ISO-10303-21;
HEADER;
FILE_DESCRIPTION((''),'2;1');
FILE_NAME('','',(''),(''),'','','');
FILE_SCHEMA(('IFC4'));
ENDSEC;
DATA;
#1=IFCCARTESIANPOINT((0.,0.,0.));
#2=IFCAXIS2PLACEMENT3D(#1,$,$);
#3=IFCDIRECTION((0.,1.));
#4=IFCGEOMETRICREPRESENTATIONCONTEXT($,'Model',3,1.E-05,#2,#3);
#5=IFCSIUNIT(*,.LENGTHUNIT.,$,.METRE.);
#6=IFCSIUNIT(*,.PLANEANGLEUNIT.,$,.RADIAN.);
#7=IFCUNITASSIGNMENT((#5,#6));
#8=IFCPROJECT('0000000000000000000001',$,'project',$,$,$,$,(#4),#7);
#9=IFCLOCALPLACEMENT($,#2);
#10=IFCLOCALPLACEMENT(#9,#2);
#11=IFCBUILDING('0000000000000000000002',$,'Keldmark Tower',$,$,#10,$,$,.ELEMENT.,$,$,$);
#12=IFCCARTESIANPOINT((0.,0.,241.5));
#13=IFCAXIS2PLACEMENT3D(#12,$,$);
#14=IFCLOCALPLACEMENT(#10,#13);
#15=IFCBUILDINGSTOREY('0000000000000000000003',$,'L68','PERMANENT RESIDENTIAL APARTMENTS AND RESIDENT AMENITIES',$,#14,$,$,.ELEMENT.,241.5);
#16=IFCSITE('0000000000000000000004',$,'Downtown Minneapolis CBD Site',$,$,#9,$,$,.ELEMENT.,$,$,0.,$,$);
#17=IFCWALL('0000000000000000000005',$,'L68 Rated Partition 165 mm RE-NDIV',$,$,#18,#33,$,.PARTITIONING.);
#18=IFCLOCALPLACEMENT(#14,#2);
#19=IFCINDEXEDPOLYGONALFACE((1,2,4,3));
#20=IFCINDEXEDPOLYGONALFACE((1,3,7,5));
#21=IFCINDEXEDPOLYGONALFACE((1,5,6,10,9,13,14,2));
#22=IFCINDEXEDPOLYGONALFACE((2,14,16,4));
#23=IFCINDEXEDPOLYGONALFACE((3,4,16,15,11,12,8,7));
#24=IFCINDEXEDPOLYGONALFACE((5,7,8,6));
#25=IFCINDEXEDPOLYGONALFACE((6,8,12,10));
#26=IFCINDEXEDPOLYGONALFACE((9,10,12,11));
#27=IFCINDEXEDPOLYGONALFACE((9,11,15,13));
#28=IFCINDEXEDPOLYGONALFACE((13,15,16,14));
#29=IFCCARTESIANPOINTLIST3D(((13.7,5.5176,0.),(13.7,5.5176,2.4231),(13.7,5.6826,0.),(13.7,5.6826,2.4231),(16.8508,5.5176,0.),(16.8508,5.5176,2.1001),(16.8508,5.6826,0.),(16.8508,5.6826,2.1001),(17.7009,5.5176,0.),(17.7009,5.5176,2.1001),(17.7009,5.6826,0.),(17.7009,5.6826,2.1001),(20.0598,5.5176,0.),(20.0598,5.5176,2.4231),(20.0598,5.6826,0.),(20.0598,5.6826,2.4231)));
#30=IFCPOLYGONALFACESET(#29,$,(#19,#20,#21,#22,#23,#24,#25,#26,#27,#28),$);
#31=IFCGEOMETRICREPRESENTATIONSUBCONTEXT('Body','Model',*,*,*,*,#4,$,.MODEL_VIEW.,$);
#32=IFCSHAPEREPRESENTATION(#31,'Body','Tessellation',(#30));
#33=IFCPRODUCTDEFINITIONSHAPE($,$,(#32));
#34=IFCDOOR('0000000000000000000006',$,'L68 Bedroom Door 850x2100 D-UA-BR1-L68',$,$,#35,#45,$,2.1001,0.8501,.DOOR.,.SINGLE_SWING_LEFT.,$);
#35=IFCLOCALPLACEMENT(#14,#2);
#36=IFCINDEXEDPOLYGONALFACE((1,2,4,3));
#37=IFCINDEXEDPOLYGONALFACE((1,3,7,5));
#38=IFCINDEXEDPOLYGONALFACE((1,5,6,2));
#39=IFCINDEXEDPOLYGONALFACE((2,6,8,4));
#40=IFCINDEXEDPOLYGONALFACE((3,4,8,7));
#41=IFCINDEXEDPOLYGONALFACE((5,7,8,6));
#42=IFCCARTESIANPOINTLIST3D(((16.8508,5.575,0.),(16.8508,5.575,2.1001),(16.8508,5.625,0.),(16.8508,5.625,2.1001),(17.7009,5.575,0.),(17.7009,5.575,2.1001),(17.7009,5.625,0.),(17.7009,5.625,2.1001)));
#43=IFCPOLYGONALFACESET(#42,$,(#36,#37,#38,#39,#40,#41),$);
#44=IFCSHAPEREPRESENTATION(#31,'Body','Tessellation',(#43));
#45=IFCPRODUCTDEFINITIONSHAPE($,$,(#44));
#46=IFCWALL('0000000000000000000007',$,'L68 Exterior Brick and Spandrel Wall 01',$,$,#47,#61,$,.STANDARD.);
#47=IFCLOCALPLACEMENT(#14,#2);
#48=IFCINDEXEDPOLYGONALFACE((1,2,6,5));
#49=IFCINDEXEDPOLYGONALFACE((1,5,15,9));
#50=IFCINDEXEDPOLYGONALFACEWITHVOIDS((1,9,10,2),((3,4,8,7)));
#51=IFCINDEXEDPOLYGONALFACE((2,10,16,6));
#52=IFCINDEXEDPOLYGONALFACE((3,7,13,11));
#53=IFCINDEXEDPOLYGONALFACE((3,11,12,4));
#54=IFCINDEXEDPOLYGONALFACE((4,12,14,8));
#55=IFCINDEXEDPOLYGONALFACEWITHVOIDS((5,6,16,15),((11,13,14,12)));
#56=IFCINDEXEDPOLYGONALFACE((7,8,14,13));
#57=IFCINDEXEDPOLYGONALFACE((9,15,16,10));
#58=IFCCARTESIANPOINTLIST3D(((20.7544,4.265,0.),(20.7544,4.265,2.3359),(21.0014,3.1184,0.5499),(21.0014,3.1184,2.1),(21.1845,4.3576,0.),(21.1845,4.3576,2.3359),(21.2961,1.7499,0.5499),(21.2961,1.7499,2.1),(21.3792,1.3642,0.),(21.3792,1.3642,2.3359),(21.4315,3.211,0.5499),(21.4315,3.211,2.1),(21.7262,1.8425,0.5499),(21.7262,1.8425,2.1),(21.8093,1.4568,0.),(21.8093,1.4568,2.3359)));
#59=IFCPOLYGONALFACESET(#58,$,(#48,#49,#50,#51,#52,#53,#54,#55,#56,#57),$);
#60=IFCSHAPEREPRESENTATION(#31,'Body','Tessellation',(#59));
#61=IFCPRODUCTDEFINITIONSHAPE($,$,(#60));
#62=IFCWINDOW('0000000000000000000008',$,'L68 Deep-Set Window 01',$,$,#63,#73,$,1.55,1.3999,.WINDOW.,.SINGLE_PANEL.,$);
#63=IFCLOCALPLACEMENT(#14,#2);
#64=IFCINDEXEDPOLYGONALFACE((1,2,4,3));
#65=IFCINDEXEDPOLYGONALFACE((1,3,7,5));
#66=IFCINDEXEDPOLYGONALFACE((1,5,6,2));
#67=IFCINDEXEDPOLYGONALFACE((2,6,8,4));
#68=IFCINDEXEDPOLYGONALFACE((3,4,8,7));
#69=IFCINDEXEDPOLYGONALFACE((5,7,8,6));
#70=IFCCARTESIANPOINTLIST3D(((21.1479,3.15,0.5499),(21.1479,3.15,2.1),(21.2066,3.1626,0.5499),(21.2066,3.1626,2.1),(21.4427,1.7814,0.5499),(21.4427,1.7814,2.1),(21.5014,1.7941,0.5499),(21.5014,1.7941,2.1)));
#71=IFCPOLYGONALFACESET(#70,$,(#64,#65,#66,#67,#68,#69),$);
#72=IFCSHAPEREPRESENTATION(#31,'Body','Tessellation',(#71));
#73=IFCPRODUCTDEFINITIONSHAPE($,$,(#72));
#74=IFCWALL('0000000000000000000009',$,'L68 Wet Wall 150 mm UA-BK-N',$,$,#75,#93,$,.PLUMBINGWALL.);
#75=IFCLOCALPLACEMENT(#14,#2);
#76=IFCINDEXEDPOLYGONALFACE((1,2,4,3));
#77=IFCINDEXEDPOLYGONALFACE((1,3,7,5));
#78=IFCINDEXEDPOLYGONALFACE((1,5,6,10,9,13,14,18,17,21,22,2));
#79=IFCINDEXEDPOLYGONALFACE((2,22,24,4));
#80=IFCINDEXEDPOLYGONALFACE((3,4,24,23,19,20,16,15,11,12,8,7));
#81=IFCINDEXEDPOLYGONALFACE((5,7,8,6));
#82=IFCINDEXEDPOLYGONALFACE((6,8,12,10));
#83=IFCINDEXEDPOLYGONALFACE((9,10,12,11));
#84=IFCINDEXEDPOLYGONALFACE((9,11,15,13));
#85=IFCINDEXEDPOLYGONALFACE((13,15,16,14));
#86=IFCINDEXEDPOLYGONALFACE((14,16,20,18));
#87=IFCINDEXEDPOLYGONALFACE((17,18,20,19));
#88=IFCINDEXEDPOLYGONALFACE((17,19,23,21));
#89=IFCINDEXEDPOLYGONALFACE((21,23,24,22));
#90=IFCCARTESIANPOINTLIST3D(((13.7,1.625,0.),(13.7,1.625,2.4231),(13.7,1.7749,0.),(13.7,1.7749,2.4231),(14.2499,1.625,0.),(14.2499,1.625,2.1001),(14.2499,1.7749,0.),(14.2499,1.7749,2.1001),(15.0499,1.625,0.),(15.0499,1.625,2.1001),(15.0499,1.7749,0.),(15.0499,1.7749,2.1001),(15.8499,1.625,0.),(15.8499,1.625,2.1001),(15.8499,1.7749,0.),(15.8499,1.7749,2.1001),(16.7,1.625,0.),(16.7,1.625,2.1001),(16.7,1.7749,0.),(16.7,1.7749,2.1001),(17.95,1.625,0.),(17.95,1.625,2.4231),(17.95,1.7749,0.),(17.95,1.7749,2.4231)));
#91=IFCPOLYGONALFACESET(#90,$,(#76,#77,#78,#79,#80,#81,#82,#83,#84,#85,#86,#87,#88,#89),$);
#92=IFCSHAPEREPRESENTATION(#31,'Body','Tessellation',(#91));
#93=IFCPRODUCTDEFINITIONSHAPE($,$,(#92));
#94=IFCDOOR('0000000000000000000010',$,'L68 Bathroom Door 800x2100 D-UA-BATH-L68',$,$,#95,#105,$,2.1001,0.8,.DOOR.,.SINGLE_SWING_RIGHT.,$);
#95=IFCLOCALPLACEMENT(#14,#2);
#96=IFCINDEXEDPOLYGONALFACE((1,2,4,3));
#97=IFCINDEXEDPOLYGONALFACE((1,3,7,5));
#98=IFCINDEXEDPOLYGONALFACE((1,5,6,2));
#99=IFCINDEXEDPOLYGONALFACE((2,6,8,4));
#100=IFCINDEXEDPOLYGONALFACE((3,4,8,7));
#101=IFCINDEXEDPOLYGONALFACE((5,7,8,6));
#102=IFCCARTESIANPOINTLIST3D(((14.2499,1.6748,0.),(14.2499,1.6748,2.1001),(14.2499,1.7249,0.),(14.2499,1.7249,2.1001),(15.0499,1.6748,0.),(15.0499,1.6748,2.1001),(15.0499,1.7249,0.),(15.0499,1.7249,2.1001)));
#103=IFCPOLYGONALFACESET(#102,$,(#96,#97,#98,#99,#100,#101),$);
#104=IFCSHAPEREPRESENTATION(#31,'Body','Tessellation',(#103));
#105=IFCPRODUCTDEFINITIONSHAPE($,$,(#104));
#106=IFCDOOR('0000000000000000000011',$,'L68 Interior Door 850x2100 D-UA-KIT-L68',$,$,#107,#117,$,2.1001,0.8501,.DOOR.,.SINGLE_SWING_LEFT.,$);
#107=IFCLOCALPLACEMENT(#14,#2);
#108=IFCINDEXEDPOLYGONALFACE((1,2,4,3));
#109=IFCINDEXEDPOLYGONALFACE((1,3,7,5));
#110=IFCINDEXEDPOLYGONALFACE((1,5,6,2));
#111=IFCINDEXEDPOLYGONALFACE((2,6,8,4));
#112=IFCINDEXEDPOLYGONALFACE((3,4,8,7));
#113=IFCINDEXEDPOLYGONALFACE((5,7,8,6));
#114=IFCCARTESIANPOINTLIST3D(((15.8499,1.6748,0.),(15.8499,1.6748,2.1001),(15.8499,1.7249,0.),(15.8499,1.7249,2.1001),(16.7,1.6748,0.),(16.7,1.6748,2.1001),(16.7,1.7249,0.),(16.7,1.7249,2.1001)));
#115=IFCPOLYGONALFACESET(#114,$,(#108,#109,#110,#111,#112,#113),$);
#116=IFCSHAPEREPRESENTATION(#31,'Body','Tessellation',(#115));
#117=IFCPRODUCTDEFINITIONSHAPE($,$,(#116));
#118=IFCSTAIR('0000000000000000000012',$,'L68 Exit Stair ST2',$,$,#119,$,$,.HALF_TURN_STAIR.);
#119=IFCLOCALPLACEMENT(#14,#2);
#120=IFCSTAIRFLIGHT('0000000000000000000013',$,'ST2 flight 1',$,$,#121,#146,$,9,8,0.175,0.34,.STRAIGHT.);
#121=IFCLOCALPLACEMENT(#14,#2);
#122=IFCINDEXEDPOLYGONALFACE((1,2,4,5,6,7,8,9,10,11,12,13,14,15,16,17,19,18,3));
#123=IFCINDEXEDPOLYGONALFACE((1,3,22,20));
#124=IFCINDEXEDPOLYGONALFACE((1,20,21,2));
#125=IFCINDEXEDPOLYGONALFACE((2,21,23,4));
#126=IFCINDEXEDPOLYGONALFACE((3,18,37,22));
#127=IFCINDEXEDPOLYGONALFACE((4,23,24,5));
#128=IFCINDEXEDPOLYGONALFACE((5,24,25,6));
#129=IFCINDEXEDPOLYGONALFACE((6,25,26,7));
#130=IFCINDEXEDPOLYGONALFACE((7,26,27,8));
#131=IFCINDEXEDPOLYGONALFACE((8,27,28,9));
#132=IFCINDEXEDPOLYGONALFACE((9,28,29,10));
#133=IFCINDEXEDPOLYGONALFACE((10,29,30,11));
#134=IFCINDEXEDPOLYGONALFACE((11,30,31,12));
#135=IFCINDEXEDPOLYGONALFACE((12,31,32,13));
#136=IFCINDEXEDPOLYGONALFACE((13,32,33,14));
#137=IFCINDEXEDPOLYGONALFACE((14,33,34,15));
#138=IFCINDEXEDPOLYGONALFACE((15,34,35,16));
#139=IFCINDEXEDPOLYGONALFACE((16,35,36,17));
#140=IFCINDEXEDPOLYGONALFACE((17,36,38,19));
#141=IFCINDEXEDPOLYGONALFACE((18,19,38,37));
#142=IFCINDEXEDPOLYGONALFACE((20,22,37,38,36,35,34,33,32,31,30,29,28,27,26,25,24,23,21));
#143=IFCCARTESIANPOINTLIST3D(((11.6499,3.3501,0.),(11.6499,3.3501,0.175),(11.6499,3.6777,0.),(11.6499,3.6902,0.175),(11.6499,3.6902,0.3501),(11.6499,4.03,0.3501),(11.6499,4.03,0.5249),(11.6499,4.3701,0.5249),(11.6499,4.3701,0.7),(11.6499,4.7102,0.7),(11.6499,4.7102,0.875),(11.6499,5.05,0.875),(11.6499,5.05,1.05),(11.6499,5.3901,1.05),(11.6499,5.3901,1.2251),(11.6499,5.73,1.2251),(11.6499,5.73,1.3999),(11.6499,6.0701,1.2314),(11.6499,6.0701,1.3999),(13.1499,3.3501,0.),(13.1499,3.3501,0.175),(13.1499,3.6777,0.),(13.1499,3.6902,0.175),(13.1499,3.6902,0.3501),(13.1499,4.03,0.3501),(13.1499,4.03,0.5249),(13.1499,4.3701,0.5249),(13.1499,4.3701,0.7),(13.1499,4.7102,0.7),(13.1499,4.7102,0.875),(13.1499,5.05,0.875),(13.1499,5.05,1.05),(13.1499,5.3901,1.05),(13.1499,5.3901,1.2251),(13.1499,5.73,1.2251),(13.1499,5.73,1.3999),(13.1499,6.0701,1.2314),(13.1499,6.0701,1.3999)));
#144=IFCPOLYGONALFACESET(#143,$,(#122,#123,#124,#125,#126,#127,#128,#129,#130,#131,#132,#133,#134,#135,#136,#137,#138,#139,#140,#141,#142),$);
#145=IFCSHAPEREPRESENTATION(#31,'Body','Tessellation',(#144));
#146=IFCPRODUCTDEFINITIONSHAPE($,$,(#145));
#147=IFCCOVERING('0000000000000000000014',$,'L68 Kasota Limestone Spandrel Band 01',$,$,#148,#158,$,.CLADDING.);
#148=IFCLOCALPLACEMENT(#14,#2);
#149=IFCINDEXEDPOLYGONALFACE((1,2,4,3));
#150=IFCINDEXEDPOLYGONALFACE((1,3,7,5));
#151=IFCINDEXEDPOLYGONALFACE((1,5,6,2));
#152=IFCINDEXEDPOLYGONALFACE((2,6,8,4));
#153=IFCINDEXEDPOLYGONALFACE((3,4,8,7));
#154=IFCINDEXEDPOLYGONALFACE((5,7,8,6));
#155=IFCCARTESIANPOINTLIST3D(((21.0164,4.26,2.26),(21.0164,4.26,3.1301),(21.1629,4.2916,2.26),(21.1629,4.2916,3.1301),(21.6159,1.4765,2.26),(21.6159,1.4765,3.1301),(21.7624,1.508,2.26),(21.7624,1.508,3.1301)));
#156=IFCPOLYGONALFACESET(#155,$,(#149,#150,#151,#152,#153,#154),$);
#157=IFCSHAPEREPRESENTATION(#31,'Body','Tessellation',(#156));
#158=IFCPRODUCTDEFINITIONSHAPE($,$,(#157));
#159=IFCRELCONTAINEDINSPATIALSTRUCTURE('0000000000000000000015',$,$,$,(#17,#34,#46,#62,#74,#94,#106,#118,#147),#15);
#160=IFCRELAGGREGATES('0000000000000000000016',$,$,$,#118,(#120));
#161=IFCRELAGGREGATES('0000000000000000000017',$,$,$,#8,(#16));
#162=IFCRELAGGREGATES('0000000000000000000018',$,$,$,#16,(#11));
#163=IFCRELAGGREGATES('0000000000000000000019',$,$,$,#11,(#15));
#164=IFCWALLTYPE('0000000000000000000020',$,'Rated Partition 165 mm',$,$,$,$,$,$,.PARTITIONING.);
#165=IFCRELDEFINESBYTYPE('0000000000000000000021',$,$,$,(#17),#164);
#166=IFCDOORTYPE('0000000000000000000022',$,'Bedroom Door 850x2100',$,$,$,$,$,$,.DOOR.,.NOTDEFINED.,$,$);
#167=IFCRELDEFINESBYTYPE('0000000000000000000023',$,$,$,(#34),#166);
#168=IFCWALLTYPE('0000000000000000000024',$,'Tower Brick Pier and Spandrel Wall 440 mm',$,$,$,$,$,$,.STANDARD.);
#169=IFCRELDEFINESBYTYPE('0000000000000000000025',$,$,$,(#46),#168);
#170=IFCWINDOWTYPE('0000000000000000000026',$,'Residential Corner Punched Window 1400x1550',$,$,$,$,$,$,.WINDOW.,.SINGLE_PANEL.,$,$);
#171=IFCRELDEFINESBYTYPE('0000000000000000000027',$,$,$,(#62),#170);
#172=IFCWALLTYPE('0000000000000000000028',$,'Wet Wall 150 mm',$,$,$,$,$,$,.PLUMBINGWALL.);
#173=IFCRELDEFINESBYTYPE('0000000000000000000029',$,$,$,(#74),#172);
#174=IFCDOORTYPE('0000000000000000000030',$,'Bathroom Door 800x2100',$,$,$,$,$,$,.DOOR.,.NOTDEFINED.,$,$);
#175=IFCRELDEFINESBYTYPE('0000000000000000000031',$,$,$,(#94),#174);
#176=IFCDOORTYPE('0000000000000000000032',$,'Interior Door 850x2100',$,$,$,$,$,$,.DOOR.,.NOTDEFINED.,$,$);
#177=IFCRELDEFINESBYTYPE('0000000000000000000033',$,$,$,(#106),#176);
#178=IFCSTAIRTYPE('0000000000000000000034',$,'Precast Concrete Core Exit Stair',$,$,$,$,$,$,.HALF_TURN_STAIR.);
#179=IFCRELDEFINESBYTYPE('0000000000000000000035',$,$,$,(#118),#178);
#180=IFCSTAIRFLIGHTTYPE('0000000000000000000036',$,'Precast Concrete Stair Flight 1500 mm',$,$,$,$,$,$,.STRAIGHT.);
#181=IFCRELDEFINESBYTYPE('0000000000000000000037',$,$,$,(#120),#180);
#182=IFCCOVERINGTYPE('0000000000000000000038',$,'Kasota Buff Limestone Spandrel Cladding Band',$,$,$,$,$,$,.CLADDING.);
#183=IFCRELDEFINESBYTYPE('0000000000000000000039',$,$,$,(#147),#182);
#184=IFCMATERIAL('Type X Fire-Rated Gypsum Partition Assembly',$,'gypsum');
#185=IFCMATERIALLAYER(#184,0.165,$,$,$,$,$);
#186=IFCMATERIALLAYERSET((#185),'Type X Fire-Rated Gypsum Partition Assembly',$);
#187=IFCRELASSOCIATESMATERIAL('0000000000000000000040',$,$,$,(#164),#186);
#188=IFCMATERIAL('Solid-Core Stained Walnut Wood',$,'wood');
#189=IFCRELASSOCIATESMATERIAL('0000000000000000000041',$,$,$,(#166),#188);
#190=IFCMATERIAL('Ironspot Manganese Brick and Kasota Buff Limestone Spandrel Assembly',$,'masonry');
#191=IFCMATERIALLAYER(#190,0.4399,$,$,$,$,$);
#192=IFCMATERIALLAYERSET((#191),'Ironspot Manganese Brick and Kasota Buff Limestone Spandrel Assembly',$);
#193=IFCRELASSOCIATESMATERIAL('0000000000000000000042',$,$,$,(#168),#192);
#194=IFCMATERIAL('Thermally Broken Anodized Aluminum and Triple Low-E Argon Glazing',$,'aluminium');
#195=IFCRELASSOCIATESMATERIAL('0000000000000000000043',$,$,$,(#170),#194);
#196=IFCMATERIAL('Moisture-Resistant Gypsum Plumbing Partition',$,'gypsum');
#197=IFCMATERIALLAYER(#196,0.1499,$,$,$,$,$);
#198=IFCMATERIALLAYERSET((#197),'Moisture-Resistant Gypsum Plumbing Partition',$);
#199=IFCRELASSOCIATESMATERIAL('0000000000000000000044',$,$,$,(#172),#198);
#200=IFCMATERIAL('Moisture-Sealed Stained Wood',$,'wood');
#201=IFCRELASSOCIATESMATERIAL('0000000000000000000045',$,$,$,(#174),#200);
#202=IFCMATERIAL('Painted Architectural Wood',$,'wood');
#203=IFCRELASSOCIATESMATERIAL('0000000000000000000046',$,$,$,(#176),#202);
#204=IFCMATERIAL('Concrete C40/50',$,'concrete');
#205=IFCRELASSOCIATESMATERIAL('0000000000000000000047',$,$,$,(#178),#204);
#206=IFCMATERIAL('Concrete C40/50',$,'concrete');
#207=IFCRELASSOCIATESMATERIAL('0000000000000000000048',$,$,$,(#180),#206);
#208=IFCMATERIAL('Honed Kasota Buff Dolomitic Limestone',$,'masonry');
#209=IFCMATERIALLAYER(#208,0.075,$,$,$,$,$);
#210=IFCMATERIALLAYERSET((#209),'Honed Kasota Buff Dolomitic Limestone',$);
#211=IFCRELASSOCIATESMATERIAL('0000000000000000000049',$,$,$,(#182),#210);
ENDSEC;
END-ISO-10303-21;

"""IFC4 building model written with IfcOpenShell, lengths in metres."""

from ifc_helpers import new_model, si_unit, direction, frame, frame_2d, origin, origin_2d, place, context, subcontext, project, spatial, polyline, rectangle, outline, extrude, material, layer, layer_set, type_object, element, fill, aggregate, save


model = new_model("IFC4")

# Units and contexts
model_context = context("Model", 3, precision=1e-05, world=origin(), true_north=direction((0.0, 1.0)))
body_context = subcontext(model_context, "Body", "Model", "MODEL_VIEW")
ifc_project = project(units=[si_unit("LENGTHUNIT", "METRE"), si_unit("PLANEANGLEUNIT", "RADIAN")], contexts=[model_context])

# Site, building, storey
site_placement = place(None, origin())
site = spatial("IfcSite", under=ifc_project, at=site_placement, Name="Downtown Minneapolis CBD Site", CompositionType="ELEMENT", RefElevation=0.0)
building_placement = place(site_placement, origin())
building = spatial("IfcBuilding", under=site, at=building_placement, Name="Keldmark Tower", CompositionType="ELEMENT")
storey_placement = place(building_placement, frame((0.0, 0.0, 241.5)))
storey = spatial("IfcBuildingStorey", under=building, at=storey_placement, Name="L68", Description="PERMANENT RESIDENTIAL APARTMENTS AND RESIDENT AMENITIES", CompositionType="ELEMENT", Elevation=241.5)

# Wall, opening, door
ifc_material_1 = material(Name="Type X Fire-Rated Gypsum Partition Assembly", Category="gypsum")
ifc_layer_1 = layer(ifc_material_1, 0.165)
ifc_layer_set_1 = layer_set([ifc_layer_1], Name="Type X Fire-Rated Gypsum Partition Assembly")
wall_type_1 = type_object("IfcWallType", Name="Rated Partition 165 mm", PredefinedType="PARTITIONING", material=ifc_layer_set_1)
wall_1_placement = place(storey_placement, frame((13.7, 5.6001, 0.0), z_axis=(0.0, 0.0, 1.0), x_axis=(1.0, 0.0, 0.0)))
wall_1 = element("IfcWall", 1, at=wall_1_placement, inside=storey, type_object=wall_type_1, Name="L68 Rated Partition 165 mm RE-NDIV", PredefinedType="PARTITIONING", context=body_context, shape_type="SweptSolid", body=[
    extrude(rectangle(XDim=6.3599, YDim=0.165, at=frame_2d((3.1799, 0.0))), origin(), (0.0, 0.0, 1.0), 2.4231),
])
opening_1_placement = place(wall_1_placement, frame((3.1509, 0.0, 0.0)))
opening_1 = element("IfcOpeningElement", 2, at=opening_1_placement, cuts=wall_1, PredefinedType="OPENING", context=body_context, shape_type="SweptSolid", body=[
    extrude(rectangle(XDim=0.8501, YDim=2.1001, at=frame_2d((0.425, 1.05))), frame((0.0, 0.0925, 0.0), z_axis=(0.0, -1.0, 0.0), x_axis=(1.0, 0.0, 0.0)), (0.0, 0.0, 1.0), 0.1851),
])
ifc_material_2 = material(Name="Solid-Core Stained Walnut Wood", Category="wood")
door_type_1 = type_object("IfcDoorType", Name="Bedroom Door 850x2100", OperationType="NOTDEFINED", PredefinedType="DOOR", material=ifc_material_2)
door_1_placement = place(opening_1_placement, origin())
door_1 = element("IfcDoor", 3, at=door_1_placement, inside=storey, type_object=door_type_1, Name="L68 Bedroom Door 850x2100 D-UA-BR1-L68", OperationType="SINGLE_SWING_LEFT", OverallHeight=2.1001, OverallWidth=0.8501, PredefinedType="DOOR", context=body_context, shape_type="SweptSolid", body=[
    extrude(rectangle(XDim=0.8501, YDim=2.1001, at=frame_2d((0.425, 1.05))), frame((0.0, 0.0249, 0.0), z_axis=(0.0, -1.0, 0.0), x_axis=(1.0, 0.0, 0.0)), (0.0, 0.0, 1.0), 0.05),
])
fill(opening_1, door_1)

# Wall, opening, window
ifc_material_3 = material(Name="Ironspot Manganese Brick and Kasota Buff Limestone Spandrel Assembly", Category="masonry")
ifc_layer_2 = layer(ifc_material_3, 0.4399)
ifc_layer_set_2 = layer_set([ifc_layer_2], Name="Ironspot Manganese Brick and Kasota Buff Limestone Spandrel Assembly")
wall_type_2 = type_object("IfcWallType", Name="Tower Brick Pier and Spandrel Wall 440 mm", PredefinedType="STANDARD", material=ifc_layer_set_2)
wall_2_placement = place(storey_placement, frame((20.9695, 4.3113, 0.0), z_axis=(0.0, 0.0, 1.0), x_axis=(0.21054, -0.977585, 0.0)))
wall_2 = element("IfcWall", 4, at=wall_2_placement, inside=storey, type_object=wall_type_2, Name="L68 Exterior Brick and Spandrel Wall 01", PredefinedType="STANDARD", context=body_context, shape_type="SweptSolid", body=[
    extrude(rectangle(XDim=2.9673, YDim=0.4399, at=frame_2d((1.4836, 0.0))), origin(), (0.0, 0.0, 1.0), 2.3359),
])
opening_2_placement = place(wall_2_placement, frame((1.1729, 0.0, 0.55)))
opening_2 = element("IfcOpeningElement", 5, at=opening_2_placement, cuts=wall_2, PredefinedType="OPENING", context=body_context, shape_type="SweptSolid", body=[
    extrude(rectangle(XDim=1.3999, YDim=1.55, at=frame_2d((0.7, 0.7749))), frame((0.0, 0.23, 0.0), z_axis=(0.0, -1.0, 0.0), x_axis=(1.0, 0.0, 0.0)), (0.0, 0.0, 1.0), 0.46),
])
ifc_material_4 = material(Name="Thermally Broken Anodized Aluminum and Triple Low-E Argon Glazing", Category="aluminium")
window_type = type_object("IfcWindowType", Name="Residential Corner Punched Window 1400x1550", PartitioningType="SINGLE_PANEL", PredefinedType="WINDOW", material=ifc_material_4)
window_placement = place(opening_2_placement, origin())
window = element("IfcWindow", 6, at=window_placement, inside=storey, type_object=window_type, Name="L68 Deep-Set Window 01", OverallHeight=1.55, OverallWidth=1.3999, PartitioningType="SINGLE_PANEL", PredefinedType="WINDOW", context=body_context, shape_type="SweptSolid", body=[
    extrude(rectangle(XDim=1.3999, YDim=1.55, at=frame_2d((0.7, 0.7749))), frame((0.0, -0.01, 0.0), z_axis=(0.0, -1.0, 0.0), x_axis=(1.0, 0.0, 0.0)), (0.0, 0.0, 1.0), 0.0601),
])
fill(opening_2, window)

# Wall, openings, doors
ifc_material_5 = material(Name="Moisture-Resistant Gypsum Plumbing Partition", Category="gypsum")
ifc_layer_3 = layer(ifc_material_5, 0.1499)
ifc_layer_set_3 = layer_set([ifc_layer_3], Name="Moisture-Resistant Gypsum Plumbing Partition")
wall_type_3 = type_object("IfcWallType", Name="Wet Wall 150 mm", PredefinedType="PLUMBINGWALL", material=ifc_layer_set_3)
wall_3_placement = place(storey_placement, frame((13.7, 1.7, 0.0), z_axis=(0.0, 0.0, 1.0), x_axis=(1.0, 0.0, 0.0)))
wall_3 = element("IfcWall", 7, at=wall_3_placement, inside=storey, type_object=wall_type_3, Name="L68 Wet Wall 150 mm UA-BK-N", PredefinedType="PLUMBINGWALL", context=body_context, shape_type="SweptSolid", body=[
    extrude(rectangle(XDim=4.25, YDim=0.1499, at=frame_2d((2.125, 0.0))), origin(), (0.0, 0.0, 1.0), 2.4231),
])
opening_3_placement = place(wall_3_placement, frame((0.55, 0.0, 0.0)))
opening_3 = element("IfcOpeningElement", 8, at=opening_3_placement, cuts=wall_3, PredefinedType="OPENING", context=body_context, shape_type="SweptSolid", body=[
    extrude(rectangle(XDim=0.8, YDim=2.1001, at=frame_2d((0.3999, 1.05))), frame((0.0, 0.085, 0.0), z_axis=(0.0, -1.0, 0.0), x_axis=(1.0, 0.0, 0.0)), (0.0, 0.0, 1.0), 0.1699),
])
opening_4_placement = place(wall_3_placement, frame((2.1499, 0.0, 0.0)))
opening_4 = element("IfcOpeningElement", 9, at=opening_4_placement, cuts=wall_3, PredefinedType="OPENING", context=body_context, shape_type="SweptSolid", body=[
    extrude(rectangle(XDim=0.8501, YDim=2.1001, at=frame_2d((0.425, 1.05))), frame((0.0, 0.085, 0.0), z_axis=(0.0, -1.0, 0.0), x_axis=(1.0, 0.0, 0.0)), (0.0, 0.0, 1.0), 0.1699),
])
ifc_material_6 = material(Name="Moisture-Sealed Stained Wood", Category="wood")
door_type_2 = type_object("IfcDoorType", Name="Bathroom Door 800x2100", OperationType="NOTDEFINED", PredefinedType="DOOR", material=ifc_material_6)
door_2_placement = place(opening_3_placement, origin())
door_2 = element("IfcDoor", 10, at=door_2_placement, inside=storey, type_object=door_type_2, Name="L68 Bathroom Door 800x2100 D-UA-BATH-L68", OperationType="SINGLE_SWING_RIGHT", OverallHeight=2.1001, OverallWidth=0.8, PredefinedType="DOOR", context=body_context, shape_type="SweptSolid", body=[
    extrude(rectangle(XDim=0.8, YDim=2.1001, at=frame_2d((0.3999, 1.05))), frame((0.0, 0.0249, 0.0), z_axis=(0.0, -1.0, 0.0), x_axis=(1.0, 0.0, 0.0)), (0.0, 0.0, 1.0), 0.05),
])
fill(opening_3, door_2)
ifc_material_7 = material(Name="Painted Architectural Wood", Category="wood")
door_type_3 = type_object("IfcDoorType", Name="Interior Door 850x2100", OperationType="NOTDEFINED", PredefinedType="DOOR", material=ifc_material_7)
door_3_placement = place(opening_4_placement, origin())
door_3 = element("IfcDoor", 11, at=door_3_placement, inside=storey, type_object=door_type_3, Name="L68 Interior Door 850x2100 D-UA-KIT-L68", OperationType="SINGLE_SWING_LEFT", OverallHeight=2.1001, OverallWidth=0.8501, PredefinedType="DOOR", context=body_context, shape_type="SweptSolid", body=[
    extrude(rectangle(XDim=0.8501, YDim=2.1001, at=frame_2d((0.425, 1.05))), frame((0.0, 0.0249, 0.0), z_axis=(0.0, -1.0, 0.0), x_axis=(1.0, 0.0, 0.0)), (0.0, 0.0, 1.0), 0.05),
])
fill(opening_4, door_3)

# Stair, stair flight
ifc_material_8 = material(Name="Concrete C40/50", Category="concrete")
stair_type = type_object("IfcStairType", Name="Precast Concrete Core Exit Stair", PredefinedType="HALF_TURN_STAIR", material=ifc_material_8)
stair_placement = place(storey_placement, origin())
stair = element("IfcStair", 12, at=stair_placement, inside=storey, type_object=stair_type, Name="L68 Exit Stair ST2", PredefinedType="HALF_TURN_STAIR")
ifc_material_9 = material(Name="Concrete C40/50", Category="concrete")
stair_flight_type = type_object("IfcStairFlightType", Name="Precast Concrete Stair Flight 1500 mm", PredefinedType="STRAIGHT", material=ifc_material_9)
stair_flight_placement = place(storey_placement, frame((12.3999, 3.3501, 0.0), z_axis=(0.0, 0.0, 1.0), x_axis=(0.0, 1.0, 0.0)))
stair_flight = element("IfcStairFlight", 13, at=stair_flight_placement, type_object=stair_flight_type, Name="ST2 flight 1", NumberOfRisers=9, NumberOfTreads=8, PredefinedType="STRAIGHT", RiserHeight=0.175, TreadLength=0.34, context=body_context, shape_type="SweptSolid", body=[
    extrude(outline(polyline([(0.0, 0.0), (0.0, 0.175), (0.3401, 0.175), (0.3401, 0.3501), (0.6799, 0.3501), (0.6799, 0.5249), (1.02, 0.5249), (1.02, 0.7), (1.3601, 0.7), (1.3601, 0.875), (1.7, 0.875), (1.7, 1.05), (2.04, 1.05), (2.04, 1.2251), (2.3799, 1.2251), (2.3799, 1.3999), (2.72, 1.3999), (2.72, 1.575), (2.72, 1.2314), (0.3276, 0.0), (0.0, 0.0)])), frame((0.0, 0.75, 0.0), z_axis=(0.0, -1.0, 0.0), x_axis=(1.0, 0.0, 0.0)), (0.0, 0.0, 1.0), 1.5),
])
aggregate(stair, [stair_flight])

# Covering
ifc_material_10 = material(Name="Honed Kasota Buff Dolomitic Limestone", Category="masonry")
ifc_layer_4 = layer(ifc_material_10, 0.075)
ifc_layer_set_4 = layer_set([ifc_layer_4], Name="Honed Kasota Buff Dolomitic Limestone")
covering_type = type_object("IfcCoveringType", Name="Kasota Buff Limestone Spandrel Cladding Band", PredefinedType="CLADDING", material=ifc_layer_set_4)
covering_placement = place(storey_placement, frame((21.3894, 2.884, 2.26), z_axis=(0.0, 0.0, 1.0), x_axis=(-0.21054, 0.977585, 0.0)))
element("IfcCovering", 14, at=covering_placement, inside=storey, type_object=covering_type, Name="L68 Kasota Limestone Spandrel Band 01", PredefinedType="CLADDING", context=body_context, shape_type="SweptSolid", body=[
    extrude(rectangle(XDim=2.8474, YDim=0.1499, at=origin_2d()), origin(), (0.0, 0.0, 1.0), 0.8701),
])

save(model, "model.ifc")
